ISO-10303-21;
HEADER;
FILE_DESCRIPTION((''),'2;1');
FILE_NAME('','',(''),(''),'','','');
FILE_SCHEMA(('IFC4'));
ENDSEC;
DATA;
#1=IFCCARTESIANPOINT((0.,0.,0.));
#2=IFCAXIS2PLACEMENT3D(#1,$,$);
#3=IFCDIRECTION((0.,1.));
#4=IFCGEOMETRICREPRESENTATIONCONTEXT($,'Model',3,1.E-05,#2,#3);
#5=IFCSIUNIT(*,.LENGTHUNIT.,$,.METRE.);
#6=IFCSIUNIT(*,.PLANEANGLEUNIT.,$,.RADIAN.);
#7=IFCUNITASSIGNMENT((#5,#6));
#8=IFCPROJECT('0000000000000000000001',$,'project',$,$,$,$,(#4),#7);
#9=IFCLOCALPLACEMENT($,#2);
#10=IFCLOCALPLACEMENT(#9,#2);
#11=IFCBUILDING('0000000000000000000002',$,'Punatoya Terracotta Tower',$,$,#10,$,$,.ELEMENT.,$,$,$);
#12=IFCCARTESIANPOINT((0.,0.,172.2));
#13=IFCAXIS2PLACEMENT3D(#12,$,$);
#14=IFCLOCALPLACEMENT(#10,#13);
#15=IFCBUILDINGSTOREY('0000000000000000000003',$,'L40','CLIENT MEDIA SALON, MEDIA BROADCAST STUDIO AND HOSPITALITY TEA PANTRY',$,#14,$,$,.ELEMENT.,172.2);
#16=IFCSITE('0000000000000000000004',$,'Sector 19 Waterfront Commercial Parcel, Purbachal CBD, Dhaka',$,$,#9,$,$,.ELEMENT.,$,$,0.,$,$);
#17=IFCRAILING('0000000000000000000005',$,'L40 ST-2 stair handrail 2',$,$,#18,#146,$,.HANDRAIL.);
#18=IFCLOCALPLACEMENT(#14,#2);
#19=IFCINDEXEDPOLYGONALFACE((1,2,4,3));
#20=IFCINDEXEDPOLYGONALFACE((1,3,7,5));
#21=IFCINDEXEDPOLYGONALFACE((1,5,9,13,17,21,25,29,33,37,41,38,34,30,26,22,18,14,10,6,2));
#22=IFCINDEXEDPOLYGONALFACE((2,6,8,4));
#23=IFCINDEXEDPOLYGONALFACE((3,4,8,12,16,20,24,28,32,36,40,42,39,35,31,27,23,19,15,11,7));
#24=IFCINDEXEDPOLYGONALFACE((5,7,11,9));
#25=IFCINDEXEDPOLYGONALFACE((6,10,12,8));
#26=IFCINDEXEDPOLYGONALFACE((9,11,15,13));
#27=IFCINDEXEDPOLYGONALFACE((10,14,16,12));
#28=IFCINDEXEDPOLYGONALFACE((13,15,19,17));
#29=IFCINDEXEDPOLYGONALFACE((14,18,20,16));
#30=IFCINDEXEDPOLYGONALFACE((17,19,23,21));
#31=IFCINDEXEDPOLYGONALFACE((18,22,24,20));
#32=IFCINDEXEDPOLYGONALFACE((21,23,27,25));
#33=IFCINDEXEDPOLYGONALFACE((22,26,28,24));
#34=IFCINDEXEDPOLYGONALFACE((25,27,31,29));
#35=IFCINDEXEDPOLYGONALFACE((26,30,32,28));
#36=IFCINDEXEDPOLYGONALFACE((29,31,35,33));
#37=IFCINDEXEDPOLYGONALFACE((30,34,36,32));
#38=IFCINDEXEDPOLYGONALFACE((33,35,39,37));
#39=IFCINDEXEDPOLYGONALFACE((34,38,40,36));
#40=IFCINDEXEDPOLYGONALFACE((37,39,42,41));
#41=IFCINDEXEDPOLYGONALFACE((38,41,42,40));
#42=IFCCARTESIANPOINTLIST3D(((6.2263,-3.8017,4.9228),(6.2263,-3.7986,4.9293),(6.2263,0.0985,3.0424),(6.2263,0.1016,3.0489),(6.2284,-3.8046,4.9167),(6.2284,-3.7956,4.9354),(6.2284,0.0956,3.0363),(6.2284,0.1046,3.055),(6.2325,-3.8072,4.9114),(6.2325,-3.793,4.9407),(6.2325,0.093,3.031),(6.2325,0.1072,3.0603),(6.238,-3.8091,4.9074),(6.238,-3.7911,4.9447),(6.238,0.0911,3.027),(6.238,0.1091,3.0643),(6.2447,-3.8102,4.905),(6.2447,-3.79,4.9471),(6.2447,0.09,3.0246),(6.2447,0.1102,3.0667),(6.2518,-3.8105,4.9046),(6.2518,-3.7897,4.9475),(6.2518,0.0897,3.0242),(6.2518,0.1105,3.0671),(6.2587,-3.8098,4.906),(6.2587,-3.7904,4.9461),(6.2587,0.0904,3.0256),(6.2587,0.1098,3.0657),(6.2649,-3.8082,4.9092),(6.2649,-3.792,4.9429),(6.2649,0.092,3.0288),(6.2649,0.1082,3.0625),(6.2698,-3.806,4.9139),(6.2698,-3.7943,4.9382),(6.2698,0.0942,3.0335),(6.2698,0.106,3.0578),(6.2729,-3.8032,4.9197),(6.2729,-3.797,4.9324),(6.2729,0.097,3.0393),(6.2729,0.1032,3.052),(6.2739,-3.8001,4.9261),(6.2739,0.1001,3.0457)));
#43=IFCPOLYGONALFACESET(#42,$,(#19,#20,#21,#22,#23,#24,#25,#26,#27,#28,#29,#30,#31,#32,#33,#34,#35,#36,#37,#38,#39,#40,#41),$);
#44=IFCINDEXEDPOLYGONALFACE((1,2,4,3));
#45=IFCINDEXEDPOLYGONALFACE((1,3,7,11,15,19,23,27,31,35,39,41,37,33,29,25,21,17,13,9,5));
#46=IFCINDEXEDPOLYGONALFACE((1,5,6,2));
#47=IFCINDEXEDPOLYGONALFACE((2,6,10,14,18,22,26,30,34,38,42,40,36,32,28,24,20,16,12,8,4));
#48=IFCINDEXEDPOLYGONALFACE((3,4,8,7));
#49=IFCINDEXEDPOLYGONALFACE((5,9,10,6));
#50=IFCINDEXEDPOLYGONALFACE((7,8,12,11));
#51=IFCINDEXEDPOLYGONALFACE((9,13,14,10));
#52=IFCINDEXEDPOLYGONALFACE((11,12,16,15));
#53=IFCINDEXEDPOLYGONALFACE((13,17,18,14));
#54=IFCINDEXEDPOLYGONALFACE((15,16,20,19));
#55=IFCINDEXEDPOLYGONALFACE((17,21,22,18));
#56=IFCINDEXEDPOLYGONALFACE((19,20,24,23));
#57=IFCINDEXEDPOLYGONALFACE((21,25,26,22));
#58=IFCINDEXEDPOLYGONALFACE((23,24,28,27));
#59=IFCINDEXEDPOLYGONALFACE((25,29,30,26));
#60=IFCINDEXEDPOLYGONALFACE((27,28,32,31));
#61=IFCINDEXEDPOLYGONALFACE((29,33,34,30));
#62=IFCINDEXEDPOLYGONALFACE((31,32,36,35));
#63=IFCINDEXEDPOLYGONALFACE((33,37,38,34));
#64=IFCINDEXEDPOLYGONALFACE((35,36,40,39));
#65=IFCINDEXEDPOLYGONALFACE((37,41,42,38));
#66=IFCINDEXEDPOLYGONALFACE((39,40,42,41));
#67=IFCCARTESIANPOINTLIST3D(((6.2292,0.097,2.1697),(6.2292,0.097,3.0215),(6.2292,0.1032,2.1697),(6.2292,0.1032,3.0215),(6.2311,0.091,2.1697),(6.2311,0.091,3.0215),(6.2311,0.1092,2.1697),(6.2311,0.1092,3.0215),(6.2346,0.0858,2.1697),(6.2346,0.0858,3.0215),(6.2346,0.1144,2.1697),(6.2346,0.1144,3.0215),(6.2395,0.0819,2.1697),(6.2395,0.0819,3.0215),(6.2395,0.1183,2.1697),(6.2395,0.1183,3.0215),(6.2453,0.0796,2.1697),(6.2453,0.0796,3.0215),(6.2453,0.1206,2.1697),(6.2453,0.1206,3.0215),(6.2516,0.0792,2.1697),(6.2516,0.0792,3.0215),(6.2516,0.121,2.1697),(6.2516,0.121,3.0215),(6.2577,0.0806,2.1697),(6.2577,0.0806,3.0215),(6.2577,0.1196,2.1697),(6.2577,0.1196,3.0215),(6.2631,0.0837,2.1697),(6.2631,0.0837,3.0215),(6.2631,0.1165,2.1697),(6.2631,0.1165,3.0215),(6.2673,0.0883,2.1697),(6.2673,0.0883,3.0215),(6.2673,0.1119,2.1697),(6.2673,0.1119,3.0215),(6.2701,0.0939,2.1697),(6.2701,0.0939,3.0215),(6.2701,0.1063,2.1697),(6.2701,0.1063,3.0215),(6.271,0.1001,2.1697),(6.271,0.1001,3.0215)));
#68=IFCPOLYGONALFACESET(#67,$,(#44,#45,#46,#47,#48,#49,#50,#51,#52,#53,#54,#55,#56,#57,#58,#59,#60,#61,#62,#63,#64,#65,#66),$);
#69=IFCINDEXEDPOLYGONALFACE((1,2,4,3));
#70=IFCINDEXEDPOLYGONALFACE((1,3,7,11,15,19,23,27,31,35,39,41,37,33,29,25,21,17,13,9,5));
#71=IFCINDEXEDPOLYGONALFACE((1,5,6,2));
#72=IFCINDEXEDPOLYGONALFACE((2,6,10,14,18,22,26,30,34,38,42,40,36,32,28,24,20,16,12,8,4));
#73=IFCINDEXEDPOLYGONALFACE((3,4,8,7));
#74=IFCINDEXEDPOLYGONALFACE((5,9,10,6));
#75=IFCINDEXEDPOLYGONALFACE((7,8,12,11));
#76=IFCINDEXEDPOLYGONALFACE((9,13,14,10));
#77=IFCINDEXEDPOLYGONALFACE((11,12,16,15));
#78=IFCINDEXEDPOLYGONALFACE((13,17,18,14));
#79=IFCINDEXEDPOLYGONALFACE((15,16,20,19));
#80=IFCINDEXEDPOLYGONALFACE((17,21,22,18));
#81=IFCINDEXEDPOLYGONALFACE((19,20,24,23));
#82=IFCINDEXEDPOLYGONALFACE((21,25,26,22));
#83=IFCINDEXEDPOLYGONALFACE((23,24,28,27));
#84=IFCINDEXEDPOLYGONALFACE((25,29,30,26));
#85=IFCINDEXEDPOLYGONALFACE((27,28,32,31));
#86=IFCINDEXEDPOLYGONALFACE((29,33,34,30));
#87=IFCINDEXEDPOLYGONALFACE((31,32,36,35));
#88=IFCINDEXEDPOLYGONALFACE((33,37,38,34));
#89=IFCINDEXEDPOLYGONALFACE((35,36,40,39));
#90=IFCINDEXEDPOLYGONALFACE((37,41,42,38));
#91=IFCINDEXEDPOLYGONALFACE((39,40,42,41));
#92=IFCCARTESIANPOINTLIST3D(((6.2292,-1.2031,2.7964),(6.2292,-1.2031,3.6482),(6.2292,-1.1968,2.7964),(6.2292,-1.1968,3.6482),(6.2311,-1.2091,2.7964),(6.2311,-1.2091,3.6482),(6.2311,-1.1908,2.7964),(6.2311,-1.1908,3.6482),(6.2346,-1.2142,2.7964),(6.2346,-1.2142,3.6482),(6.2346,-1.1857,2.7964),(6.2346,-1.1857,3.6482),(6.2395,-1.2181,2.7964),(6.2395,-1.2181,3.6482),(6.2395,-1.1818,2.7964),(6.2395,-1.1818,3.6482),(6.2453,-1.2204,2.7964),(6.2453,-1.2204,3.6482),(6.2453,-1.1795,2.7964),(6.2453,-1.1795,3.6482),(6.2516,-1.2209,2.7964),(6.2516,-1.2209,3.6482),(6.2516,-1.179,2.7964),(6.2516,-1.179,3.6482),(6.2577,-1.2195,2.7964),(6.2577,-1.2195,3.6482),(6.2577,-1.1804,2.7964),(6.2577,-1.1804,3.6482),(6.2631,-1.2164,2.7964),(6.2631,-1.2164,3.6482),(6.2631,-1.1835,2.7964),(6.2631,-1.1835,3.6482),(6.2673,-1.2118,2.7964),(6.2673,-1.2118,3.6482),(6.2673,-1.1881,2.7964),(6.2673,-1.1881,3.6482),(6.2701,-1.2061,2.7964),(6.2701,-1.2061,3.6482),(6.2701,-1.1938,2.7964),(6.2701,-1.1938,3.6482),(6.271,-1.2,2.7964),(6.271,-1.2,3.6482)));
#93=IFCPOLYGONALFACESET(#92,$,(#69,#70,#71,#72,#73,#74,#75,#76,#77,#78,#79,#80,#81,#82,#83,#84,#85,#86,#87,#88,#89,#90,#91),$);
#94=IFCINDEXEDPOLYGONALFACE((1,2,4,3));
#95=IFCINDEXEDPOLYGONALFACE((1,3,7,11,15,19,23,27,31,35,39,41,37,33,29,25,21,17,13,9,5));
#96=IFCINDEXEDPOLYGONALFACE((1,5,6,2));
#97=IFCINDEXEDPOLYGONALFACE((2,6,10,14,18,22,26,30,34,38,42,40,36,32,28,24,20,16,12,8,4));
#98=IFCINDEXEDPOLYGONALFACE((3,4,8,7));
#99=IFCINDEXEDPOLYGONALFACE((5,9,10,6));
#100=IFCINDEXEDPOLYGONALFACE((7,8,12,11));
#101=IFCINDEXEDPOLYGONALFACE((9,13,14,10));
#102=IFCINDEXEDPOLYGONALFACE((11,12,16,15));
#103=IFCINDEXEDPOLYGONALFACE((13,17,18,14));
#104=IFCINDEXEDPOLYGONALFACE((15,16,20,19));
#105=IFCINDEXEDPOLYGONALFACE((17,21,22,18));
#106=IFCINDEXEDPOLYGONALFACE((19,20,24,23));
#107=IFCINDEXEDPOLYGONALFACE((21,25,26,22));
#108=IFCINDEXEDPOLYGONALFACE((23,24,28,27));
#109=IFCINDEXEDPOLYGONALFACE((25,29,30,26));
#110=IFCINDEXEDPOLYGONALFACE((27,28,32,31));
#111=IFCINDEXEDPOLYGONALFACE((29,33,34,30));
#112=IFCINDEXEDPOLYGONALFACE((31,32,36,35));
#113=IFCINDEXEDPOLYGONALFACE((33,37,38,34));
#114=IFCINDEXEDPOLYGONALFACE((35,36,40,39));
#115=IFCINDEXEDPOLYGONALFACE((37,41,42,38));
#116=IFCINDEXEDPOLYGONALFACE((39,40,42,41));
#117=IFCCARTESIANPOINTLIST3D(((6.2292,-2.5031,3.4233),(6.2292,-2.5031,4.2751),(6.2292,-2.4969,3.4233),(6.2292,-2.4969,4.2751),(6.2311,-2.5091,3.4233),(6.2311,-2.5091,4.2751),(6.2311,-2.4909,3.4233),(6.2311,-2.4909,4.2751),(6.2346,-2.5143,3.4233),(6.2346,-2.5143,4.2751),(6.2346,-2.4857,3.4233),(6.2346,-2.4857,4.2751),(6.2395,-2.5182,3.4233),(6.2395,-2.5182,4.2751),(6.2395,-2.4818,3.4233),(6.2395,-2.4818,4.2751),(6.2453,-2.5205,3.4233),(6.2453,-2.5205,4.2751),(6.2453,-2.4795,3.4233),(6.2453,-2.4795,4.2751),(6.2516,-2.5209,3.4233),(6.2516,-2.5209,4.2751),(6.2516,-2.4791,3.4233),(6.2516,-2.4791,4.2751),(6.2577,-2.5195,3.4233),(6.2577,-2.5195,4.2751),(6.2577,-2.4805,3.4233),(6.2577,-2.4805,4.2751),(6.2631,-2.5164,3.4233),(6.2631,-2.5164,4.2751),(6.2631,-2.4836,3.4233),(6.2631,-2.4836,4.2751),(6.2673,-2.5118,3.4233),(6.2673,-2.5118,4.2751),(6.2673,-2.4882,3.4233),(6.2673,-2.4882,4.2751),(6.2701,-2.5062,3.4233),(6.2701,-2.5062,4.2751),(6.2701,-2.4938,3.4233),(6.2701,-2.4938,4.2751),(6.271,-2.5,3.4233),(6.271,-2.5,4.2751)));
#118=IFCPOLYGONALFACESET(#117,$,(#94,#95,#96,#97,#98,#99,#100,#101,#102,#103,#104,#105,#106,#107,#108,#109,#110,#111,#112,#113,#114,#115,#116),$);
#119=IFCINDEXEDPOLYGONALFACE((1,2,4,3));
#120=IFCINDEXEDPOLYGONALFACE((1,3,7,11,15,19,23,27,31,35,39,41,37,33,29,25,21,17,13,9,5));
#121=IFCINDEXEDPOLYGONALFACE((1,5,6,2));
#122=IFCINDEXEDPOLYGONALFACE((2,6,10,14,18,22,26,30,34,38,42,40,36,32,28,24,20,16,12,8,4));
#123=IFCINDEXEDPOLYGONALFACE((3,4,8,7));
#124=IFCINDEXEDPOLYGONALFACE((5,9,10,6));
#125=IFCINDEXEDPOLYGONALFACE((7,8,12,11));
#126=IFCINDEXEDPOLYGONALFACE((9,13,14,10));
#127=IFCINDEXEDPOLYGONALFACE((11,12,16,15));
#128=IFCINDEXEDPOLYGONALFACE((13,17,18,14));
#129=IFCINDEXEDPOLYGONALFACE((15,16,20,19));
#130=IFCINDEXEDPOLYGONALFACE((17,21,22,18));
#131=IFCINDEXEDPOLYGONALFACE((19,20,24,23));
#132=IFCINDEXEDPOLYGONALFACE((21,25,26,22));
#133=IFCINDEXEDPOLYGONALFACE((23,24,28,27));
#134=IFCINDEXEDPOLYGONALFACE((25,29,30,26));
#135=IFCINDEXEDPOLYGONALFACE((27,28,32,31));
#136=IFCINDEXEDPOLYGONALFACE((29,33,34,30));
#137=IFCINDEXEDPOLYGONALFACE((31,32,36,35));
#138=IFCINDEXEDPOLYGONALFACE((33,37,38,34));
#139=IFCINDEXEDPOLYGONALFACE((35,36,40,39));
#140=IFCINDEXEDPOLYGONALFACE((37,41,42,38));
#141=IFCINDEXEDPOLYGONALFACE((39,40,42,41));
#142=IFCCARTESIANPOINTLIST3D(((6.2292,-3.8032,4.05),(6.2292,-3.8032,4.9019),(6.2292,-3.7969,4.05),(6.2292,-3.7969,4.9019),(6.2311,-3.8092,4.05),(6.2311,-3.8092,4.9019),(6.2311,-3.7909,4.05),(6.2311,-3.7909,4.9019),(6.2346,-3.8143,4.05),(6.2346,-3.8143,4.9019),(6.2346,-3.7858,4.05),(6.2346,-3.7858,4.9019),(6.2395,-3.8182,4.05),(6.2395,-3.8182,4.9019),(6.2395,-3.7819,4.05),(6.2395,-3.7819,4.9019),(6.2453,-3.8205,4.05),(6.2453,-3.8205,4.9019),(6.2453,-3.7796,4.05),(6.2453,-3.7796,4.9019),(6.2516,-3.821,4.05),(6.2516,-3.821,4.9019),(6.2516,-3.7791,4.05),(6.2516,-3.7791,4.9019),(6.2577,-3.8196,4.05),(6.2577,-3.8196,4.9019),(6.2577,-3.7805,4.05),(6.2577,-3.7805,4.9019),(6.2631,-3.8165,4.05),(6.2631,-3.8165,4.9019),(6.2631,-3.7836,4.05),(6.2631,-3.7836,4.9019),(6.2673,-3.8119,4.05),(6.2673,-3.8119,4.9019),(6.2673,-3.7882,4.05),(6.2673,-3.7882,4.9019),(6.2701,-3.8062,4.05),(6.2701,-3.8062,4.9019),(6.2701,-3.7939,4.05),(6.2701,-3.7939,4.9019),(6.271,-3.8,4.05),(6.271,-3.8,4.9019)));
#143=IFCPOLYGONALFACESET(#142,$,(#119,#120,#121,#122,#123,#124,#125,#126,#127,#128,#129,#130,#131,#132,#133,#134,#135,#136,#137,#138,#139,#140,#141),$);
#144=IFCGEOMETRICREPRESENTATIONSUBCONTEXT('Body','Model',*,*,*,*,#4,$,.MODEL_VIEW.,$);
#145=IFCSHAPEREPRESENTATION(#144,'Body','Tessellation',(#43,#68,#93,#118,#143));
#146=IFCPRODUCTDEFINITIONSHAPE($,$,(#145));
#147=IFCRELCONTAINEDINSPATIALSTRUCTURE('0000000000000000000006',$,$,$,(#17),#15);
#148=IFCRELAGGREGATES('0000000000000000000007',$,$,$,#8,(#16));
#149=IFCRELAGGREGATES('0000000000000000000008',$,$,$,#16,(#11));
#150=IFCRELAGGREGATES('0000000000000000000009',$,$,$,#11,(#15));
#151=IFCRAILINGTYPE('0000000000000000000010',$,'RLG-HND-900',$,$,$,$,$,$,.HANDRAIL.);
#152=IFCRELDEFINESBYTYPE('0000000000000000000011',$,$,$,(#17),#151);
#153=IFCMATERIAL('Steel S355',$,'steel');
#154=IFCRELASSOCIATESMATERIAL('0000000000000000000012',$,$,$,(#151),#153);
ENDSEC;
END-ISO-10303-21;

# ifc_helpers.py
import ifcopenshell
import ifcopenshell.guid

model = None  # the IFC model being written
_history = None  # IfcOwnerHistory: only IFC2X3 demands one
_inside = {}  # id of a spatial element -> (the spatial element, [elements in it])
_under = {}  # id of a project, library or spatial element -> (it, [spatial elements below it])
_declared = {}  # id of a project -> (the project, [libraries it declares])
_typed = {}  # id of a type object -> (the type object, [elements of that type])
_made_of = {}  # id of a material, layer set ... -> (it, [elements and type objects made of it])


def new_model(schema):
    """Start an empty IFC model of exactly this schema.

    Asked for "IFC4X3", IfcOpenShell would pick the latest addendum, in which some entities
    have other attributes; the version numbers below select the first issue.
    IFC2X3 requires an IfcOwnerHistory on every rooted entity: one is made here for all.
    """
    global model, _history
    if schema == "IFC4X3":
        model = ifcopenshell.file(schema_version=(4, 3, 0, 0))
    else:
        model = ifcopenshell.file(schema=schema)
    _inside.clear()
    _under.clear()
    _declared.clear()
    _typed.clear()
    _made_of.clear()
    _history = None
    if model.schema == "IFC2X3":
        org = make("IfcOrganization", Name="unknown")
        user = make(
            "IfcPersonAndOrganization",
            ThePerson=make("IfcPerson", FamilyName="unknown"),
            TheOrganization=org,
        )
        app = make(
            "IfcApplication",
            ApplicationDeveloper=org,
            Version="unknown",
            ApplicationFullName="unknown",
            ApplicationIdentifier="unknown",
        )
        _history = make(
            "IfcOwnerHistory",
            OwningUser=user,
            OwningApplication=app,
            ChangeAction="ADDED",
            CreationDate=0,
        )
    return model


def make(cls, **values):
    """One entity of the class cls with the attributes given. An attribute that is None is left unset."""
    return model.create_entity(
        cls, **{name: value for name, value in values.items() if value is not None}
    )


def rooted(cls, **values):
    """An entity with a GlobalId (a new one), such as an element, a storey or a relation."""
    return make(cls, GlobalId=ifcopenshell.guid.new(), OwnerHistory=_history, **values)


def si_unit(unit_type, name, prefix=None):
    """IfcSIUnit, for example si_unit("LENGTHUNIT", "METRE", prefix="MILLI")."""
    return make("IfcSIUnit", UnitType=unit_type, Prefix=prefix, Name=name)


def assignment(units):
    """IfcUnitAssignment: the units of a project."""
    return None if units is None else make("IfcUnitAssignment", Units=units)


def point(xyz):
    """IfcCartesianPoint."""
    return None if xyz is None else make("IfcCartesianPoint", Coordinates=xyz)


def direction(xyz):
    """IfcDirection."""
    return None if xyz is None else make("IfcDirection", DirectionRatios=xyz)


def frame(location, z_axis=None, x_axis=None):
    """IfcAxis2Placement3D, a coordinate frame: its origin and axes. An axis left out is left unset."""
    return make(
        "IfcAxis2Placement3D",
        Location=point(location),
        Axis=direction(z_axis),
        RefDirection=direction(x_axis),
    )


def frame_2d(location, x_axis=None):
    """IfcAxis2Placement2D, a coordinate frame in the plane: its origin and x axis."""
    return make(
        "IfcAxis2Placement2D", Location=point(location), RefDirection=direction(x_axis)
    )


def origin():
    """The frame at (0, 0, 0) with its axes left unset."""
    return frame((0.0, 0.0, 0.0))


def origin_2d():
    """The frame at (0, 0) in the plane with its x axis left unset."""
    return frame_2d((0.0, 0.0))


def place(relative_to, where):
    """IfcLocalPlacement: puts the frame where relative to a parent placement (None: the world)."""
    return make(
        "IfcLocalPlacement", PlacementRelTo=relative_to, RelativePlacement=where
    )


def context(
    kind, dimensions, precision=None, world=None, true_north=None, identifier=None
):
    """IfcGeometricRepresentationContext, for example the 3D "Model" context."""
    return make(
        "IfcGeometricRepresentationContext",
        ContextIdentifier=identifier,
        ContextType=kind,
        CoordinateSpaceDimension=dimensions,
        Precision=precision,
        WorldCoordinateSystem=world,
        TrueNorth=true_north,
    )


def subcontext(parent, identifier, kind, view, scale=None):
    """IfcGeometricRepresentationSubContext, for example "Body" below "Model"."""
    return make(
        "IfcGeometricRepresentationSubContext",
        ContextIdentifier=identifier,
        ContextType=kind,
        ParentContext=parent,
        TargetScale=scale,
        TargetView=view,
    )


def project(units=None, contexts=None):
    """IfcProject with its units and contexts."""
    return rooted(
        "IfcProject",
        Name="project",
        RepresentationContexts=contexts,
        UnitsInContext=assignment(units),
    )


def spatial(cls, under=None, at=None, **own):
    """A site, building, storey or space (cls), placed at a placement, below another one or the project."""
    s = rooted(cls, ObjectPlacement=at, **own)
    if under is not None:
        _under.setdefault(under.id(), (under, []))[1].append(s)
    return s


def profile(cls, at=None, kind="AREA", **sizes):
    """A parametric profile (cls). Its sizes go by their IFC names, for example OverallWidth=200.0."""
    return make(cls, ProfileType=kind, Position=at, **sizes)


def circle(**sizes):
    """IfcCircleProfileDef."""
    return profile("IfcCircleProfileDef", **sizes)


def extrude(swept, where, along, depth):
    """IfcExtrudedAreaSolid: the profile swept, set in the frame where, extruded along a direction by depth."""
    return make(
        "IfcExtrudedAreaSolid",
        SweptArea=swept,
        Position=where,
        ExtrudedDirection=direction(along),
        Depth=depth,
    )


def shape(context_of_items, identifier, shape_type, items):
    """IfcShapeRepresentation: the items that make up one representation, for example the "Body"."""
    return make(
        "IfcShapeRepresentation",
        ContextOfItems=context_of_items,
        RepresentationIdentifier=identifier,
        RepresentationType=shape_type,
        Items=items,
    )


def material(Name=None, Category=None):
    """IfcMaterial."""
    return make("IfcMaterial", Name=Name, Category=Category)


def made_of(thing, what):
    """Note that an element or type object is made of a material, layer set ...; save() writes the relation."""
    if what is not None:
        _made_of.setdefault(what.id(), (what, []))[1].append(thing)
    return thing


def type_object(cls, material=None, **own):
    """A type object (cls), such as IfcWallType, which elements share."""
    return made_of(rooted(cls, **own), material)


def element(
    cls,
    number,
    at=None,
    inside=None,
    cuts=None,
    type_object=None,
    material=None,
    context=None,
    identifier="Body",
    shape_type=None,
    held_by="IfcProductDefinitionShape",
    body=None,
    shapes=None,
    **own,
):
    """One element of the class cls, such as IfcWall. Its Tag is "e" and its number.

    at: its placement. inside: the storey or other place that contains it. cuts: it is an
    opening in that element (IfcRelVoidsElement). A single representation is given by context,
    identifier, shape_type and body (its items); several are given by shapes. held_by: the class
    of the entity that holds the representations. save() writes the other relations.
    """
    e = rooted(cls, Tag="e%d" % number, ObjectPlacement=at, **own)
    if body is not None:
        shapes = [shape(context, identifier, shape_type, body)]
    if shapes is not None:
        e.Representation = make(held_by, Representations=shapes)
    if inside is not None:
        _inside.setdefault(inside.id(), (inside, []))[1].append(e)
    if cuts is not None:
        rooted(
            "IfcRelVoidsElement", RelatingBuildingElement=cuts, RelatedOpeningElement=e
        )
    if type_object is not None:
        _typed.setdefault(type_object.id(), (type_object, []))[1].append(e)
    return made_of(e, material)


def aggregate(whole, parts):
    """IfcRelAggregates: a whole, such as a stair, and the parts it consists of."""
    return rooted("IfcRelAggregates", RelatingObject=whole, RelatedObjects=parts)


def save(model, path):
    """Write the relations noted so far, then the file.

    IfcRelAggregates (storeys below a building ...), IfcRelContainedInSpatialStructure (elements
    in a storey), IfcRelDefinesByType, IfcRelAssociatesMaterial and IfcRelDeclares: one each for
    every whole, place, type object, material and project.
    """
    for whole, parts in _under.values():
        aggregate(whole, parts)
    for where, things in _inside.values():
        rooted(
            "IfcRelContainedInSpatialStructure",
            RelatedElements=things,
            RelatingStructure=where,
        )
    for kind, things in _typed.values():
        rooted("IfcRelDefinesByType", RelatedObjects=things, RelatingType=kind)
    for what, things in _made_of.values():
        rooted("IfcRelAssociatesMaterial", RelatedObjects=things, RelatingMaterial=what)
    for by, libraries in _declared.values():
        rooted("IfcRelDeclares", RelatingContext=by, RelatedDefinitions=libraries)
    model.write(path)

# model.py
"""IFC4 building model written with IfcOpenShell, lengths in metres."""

from ifc_helpers import new_model, si_unit, direction, frame, origin, origin_2d, place, context, subcontext, project, spatial, circle, extrude, material, type_object, element, save


model = new_model("IFC4")

# Units and contexts
model_context = context("Model", 3, precision=1e-05, world=origin(), true_north=direction((0.0, 1.0)))
body_context = subcontext(model_context, "Body", "Model", "MODEL_VIEW")
ifc_project = project(units=[si_unit("LENGTHUNIT", "METRE"), si_unit("PLANEANGLEUNIT", "RADIAN")], contexts=[model_context])

# Site, building, storey
site_placement = place(None, origin())
site = spatial("IfcSite", under=ifc_project, at=site_placement, Name="Sector 19 Waterfront Commercial Parcel, Purbachal CBD, Dhaka", CompositionType="ELEMENT", RefElevation=0.0)
building_placement = place(site_placement, origin())
building = spatial("IfcBuilding", under=site, at=building_placement, Name="Punatoya Terracotta Tower", CompositionType="ELEMENT")
storey_placement = place(building_placement, frame((0.0, 0.0, 172.2)))
storey = spatial("IfcBuildingStorey", under=building, at=storey_placement, Name="L40", Description="CLIENT MEDIA SALON, MEDIA BROADCAST STUDIO AND HOSPITALITY TEA PANTRY", CompositionType="ELEMENT", Elevation=172.2)

# Shared definitions
ifc_material_1 = material(Name="Steel S355", Category="steel")

# Railing
railing_type_1 = type_object("IfcRailingType", Name="RLG-HND-900", PredefinedType="HANDRAIL", material=ifc_material_1)
railing_1_placement = place(storey_placement, frame((6.25, 0.1001, 2.1697)))
element("IfcRailing", 1, at=railing_1_placement, inside=storey, type_object=railing_type_1, Name="L40 ST-2 stair handrail 2", PredefinedType="HANDRAIL", context=body_context, shape_type="SweptSolid", body=[
    extrude(circle(Radius=0.0239, at=origin_2d()), frame((0.0, 0.0, 0.876), z_axis=(0.0, -0.900774, 0.434289), x_axis=(1.0, 0.0, 0.0)), (0.0, 0.0, 1.0), 4.3298),
    extrude(circle(Radius=0.021, at=origin_2d()), origin(), (0.0, 0.0, 1.0), 0.8518),
    extrude(circle(Radius=0.021, at=origin_2d()), frame((0.0, -1.3, 0.6267)), (0.0, 0.0, 1.0), 0.8518),
    extrude(circle(Radius=0.021, at=origin_2d()), frame((0.0, -2.6001, 1.2537)), (0.0, 0.0, 1.0), 0.8518),
    extrude(circle(Radius=0.021, at=origin_2d()), frame((0.0, -3.9001, 1.8804)), (0.0, 0.0, 1.0), 0.8518),
])

save(model, "model.ifc")
